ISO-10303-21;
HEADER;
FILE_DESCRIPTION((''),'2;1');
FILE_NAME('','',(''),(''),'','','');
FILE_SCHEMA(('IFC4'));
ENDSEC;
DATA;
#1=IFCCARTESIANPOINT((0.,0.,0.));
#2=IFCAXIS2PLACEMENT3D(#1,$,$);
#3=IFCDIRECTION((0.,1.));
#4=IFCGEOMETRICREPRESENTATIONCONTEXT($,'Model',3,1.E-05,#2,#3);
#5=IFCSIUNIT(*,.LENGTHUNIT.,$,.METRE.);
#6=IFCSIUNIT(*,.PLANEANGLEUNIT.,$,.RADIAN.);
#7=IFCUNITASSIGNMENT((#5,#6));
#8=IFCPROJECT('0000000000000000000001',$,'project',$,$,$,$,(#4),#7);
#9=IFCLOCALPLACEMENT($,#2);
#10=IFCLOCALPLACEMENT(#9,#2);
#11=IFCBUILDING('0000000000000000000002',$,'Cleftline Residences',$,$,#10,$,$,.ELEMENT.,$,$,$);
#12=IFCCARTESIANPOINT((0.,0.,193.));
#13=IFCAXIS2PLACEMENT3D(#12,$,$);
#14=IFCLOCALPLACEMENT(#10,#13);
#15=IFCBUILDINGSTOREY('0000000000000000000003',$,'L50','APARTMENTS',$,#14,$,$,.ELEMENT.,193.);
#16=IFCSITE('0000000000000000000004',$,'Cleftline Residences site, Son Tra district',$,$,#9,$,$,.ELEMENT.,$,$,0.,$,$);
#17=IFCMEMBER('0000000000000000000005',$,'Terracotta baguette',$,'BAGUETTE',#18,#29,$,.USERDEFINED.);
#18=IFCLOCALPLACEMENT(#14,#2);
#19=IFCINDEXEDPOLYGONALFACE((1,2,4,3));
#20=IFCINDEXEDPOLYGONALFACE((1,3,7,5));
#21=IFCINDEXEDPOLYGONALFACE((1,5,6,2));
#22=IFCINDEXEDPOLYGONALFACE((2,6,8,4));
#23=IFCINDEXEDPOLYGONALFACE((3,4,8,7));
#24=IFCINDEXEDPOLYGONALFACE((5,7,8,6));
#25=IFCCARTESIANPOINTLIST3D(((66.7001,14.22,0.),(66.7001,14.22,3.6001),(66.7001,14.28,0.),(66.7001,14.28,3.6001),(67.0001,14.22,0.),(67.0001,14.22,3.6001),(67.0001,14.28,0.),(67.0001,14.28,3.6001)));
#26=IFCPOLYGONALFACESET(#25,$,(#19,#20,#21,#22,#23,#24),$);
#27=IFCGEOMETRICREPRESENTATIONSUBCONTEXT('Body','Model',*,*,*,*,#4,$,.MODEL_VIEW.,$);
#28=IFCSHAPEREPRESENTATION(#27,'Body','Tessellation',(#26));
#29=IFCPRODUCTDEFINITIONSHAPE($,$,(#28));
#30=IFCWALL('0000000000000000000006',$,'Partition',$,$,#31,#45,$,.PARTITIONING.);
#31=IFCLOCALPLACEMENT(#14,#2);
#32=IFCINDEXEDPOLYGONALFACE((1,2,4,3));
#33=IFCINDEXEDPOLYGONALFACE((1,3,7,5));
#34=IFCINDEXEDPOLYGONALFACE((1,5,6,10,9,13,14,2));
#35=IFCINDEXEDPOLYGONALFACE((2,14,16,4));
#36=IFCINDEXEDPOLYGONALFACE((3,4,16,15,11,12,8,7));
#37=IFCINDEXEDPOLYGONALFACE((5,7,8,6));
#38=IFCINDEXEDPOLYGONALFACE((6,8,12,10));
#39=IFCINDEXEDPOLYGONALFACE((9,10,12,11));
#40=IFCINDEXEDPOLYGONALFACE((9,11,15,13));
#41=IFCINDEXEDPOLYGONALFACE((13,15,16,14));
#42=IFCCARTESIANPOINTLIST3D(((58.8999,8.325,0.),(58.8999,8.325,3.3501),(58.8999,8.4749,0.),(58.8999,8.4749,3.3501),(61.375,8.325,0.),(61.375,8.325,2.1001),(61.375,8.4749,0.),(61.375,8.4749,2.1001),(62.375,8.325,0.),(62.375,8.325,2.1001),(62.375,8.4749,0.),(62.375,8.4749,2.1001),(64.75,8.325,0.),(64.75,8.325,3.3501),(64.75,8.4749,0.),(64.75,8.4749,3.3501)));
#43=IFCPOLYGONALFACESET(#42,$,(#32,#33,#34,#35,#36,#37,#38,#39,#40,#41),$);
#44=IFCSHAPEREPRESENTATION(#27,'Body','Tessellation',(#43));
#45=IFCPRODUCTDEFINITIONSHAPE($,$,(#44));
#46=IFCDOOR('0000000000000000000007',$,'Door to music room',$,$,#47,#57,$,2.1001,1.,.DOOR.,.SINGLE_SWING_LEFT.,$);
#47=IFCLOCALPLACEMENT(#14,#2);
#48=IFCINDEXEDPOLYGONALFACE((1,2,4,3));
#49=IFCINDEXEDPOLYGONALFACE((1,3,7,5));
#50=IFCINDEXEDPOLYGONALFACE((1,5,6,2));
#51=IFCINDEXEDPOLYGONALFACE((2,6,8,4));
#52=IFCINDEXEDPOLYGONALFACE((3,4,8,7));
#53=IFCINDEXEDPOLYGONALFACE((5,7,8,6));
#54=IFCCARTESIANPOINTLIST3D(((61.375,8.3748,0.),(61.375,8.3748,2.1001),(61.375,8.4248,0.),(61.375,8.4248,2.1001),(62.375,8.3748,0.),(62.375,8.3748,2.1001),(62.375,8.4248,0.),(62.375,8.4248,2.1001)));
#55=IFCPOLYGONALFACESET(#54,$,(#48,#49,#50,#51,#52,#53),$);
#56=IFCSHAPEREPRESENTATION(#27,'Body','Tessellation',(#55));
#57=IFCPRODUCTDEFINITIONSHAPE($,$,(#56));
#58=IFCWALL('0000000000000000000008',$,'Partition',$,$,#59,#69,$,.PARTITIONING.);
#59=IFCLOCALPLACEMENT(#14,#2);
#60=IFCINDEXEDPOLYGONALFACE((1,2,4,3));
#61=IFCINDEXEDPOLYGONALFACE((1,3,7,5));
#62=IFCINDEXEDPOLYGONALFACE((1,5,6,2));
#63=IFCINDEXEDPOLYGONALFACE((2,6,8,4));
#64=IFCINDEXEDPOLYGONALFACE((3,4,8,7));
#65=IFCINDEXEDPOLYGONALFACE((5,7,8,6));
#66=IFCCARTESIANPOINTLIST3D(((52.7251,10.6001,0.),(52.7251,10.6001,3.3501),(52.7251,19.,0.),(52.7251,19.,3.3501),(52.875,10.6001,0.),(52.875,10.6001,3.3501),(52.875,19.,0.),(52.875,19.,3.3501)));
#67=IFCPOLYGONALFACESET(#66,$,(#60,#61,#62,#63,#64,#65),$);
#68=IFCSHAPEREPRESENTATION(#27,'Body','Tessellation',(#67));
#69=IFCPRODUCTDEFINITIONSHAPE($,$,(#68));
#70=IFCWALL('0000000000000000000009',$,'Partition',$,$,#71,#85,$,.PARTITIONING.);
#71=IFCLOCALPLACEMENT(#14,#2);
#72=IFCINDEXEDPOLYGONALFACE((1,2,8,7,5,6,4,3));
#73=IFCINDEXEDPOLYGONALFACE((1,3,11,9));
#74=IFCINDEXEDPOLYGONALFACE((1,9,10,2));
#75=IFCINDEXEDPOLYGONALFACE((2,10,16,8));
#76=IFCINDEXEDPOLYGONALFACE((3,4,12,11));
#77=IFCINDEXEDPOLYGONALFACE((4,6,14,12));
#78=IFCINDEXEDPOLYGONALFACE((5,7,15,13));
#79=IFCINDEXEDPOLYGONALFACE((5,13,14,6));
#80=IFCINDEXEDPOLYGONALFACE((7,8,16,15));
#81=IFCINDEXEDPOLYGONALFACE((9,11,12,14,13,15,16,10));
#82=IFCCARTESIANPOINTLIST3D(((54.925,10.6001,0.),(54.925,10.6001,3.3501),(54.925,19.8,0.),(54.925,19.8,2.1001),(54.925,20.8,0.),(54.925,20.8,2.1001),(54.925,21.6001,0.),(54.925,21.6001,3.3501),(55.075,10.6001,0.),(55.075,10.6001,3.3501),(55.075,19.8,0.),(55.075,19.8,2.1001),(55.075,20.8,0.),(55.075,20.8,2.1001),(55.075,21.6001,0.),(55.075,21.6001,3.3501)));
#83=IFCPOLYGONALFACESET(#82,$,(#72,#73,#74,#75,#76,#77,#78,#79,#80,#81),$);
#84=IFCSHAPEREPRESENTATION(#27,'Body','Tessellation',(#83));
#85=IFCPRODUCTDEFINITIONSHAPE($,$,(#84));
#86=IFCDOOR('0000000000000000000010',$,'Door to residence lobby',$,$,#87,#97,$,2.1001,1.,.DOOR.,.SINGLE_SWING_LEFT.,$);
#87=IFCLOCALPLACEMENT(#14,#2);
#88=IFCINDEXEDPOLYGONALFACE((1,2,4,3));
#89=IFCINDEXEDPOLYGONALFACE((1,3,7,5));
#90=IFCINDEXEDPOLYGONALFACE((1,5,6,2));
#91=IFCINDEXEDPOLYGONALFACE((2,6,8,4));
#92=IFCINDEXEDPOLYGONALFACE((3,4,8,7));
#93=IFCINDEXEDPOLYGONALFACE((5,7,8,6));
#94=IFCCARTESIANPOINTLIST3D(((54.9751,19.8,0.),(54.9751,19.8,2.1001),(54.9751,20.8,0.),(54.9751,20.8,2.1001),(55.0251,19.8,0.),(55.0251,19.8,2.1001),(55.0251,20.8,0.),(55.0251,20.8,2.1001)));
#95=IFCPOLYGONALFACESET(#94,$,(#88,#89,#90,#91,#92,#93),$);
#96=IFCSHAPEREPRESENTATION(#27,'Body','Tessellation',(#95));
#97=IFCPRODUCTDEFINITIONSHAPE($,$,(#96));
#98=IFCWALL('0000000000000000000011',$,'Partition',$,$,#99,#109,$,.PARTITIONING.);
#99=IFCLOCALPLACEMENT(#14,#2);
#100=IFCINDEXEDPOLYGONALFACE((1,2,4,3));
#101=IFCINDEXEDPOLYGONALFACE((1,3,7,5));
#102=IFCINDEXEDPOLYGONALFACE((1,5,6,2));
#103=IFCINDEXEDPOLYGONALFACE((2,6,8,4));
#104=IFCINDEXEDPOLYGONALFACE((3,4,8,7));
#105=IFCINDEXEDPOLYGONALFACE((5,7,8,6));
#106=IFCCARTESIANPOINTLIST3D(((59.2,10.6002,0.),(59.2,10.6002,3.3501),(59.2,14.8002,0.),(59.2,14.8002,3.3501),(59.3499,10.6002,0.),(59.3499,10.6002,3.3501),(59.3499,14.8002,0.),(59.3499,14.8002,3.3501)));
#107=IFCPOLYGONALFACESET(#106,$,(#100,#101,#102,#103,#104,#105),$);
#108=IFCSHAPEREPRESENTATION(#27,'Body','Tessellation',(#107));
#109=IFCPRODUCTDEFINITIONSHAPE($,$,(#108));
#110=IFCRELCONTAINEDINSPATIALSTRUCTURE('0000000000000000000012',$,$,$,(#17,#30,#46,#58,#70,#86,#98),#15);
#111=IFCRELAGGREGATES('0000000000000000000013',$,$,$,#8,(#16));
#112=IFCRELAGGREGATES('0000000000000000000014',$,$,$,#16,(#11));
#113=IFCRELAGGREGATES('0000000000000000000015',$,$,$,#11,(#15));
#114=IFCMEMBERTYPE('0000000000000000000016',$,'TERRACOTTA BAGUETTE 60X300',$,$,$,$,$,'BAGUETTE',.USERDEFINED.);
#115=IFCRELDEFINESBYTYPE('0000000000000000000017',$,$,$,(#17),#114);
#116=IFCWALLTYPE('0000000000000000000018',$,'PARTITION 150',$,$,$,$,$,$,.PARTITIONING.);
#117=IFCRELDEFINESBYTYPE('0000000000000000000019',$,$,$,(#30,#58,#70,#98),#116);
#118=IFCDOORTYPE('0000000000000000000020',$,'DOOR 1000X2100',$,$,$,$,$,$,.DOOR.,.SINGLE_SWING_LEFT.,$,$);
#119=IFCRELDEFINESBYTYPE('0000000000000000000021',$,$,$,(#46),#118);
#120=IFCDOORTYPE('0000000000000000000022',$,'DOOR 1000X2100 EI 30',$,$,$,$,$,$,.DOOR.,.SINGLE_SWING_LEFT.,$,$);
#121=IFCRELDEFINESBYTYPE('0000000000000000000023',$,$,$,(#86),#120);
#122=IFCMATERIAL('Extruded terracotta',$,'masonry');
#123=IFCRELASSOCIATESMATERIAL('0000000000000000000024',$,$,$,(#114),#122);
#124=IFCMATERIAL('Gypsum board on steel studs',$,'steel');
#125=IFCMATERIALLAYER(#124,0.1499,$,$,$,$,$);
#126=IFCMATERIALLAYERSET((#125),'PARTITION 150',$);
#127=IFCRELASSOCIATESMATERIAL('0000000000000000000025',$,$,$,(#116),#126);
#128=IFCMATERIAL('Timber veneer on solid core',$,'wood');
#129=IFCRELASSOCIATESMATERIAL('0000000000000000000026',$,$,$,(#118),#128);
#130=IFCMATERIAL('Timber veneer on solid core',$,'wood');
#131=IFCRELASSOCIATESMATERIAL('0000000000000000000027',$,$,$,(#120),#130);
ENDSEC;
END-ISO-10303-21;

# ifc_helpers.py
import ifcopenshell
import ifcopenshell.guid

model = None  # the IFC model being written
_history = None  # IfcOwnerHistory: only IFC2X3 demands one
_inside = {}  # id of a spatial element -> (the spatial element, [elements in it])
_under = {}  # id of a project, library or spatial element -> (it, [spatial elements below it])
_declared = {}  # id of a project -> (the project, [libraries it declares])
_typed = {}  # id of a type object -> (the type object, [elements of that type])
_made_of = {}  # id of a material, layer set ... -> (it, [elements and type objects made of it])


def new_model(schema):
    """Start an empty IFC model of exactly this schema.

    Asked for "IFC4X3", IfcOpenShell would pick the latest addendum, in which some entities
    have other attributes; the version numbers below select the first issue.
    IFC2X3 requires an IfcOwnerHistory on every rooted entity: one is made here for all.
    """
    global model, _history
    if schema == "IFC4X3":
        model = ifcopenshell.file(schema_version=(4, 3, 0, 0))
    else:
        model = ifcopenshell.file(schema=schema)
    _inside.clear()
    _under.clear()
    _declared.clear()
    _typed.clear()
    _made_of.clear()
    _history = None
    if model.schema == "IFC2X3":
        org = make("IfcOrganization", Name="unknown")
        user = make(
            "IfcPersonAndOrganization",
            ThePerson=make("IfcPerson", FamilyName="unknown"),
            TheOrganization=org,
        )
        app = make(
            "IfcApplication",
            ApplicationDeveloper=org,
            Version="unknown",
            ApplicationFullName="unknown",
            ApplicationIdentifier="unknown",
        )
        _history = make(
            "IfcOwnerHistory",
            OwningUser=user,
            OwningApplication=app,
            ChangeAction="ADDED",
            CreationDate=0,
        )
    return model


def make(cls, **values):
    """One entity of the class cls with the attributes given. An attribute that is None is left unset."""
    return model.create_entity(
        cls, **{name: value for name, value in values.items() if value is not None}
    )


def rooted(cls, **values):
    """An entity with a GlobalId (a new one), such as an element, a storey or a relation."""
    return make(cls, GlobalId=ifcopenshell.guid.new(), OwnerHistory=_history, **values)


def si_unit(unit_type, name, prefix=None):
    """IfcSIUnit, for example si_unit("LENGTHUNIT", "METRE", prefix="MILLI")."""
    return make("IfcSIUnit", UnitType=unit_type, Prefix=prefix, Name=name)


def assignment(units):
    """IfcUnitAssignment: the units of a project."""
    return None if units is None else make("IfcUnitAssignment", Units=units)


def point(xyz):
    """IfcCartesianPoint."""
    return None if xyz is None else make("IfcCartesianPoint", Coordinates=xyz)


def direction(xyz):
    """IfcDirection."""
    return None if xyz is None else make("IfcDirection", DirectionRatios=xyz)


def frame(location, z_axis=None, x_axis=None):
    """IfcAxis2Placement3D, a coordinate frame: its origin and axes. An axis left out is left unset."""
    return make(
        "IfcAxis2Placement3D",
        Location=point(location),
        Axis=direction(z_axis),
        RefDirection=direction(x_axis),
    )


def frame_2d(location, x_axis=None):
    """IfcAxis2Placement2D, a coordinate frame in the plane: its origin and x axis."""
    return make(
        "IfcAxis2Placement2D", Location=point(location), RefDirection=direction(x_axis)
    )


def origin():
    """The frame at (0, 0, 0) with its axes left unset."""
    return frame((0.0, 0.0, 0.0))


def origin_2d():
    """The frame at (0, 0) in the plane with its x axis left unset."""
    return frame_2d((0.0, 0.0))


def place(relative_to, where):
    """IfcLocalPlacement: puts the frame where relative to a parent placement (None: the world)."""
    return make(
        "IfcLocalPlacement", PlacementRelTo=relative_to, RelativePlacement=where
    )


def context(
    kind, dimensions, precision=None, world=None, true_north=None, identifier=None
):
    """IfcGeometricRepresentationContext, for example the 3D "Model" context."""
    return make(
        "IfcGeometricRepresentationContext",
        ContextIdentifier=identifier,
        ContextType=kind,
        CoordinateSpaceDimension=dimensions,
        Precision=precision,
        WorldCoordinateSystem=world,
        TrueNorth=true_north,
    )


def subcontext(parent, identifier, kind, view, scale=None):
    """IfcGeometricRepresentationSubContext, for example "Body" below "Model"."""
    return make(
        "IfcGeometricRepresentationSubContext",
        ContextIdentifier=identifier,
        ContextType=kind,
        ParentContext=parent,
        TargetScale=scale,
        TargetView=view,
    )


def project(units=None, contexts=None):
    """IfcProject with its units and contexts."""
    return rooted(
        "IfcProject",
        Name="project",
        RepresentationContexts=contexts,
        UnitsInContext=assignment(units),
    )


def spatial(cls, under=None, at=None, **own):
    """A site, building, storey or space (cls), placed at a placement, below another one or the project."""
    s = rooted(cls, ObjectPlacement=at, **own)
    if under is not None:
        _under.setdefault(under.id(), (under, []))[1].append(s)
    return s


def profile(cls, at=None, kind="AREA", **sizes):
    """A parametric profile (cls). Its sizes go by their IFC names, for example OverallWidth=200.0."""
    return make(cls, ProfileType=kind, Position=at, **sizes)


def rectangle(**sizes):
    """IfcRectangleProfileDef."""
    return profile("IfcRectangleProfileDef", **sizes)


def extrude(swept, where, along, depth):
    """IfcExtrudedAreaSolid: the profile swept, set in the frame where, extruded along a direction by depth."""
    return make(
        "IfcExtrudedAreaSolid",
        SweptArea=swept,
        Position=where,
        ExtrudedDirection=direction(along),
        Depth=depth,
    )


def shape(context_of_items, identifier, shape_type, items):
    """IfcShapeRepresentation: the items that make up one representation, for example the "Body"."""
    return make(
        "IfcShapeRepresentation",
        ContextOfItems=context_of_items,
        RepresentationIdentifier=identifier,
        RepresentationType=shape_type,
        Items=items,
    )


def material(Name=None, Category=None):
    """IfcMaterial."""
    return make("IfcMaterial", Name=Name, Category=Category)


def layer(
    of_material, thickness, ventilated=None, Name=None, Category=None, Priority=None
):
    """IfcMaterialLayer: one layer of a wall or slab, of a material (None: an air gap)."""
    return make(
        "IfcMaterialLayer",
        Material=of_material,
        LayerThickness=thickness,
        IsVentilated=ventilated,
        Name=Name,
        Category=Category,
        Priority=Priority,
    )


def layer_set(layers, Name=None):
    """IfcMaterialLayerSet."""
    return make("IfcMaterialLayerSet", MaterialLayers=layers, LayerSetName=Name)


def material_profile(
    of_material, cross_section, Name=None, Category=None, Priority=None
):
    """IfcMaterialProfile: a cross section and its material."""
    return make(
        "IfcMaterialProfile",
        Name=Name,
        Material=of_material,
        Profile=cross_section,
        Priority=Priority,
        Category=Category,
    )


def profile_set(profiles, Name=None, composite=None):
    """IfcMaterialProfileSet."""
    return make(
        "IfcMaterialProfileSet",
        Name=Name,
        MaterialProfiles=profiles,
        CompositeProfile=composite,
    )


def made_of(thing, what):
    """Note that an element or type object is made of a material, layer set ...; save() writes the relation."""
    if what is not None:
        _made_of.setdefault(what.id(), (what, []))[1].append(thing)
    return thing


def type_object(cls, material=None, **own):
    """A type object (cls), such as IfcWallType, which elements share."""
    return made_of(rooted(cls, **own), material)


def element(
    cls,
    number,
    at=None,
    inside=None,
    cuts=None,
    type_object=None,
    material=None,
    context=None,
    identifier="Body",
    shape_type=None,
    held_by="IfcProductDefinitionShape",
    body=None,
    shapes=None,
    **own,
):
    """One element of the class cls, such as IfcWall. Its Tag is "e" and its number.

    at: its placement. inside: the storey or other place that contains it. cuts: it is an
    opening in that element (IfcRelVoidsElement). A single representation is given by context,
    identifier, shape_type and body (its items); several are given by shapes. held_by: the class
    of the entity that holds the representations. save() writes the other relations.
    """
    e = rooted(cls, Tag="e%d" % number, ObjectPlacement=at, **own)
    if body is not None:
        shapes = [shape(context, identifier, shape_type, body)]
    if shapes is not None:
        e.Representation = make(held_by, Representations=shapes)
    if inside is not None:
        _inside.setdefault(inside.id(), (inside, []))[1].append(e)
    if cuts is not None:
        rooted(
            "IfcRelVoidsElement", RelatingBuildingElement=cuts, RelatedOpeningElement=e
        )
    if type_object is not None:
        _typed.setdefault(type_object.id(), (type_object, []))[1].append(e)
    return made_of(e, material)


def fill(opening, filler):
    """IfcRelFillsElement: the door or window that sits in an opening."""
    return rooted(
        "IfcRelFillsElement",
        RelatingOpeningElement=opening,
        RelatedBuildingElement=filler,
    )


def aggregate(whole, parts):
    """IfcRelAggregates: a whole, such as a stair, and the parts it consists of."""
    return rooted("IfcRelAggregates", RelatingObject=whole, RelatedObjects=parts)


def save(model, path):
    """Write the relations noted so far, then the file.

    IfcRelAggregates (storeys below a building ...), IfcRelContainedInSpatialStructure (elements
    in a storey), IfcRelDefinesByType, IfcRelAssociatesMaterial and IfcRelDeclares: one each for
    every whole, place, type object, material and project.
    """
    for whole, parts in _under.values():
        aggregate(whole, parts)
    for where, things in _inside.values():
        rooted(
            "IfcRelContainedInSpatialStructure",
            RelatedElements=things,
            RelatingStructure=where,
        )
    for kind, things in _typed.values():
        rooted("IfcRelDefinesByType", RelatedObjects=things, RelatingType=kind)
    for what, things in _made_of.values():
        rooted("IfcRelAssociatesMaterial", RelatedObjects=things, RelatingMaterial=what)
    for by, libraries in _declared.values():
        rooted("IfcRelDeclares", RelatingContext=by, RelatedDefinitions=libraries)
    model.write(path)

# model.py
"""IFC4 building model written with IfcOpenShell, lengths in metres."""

from ifc_helpers import new_model, si_unit, direction, frame, frame_2d, origin, origin_2d, place, context, subcontext, project, spatial, rectangle, extrude, material, layer, layer_set, material_profile, profile_set, type_object, element, fill, save


model = new_model("IFC4")

# Units and contexts
model_context = context("Model", 3, precision=1e-05, world=origin(), true_north=direction((0.0, 1.0)))
body_context = subcontext(model_context, "Body", "Model", "MODEL_VIEW")
ifc_project = project(units=[si_unit("LENGTHUNIT", "METRE"), si_unit("PLANEANGLEUNIT", "RADIAN")], contexts=[model_context])

# Site, building, storey
site_placement = place(None, origin())
site = spatial("IfcSite", under=ifc_project, at=site_placement, Name="Cleftline Residences site, Son Tra district", CompositionType="ELEMENT", RefElevation=0.0)
building_placement = place(site_placement, origin())
building = spatial("IfcBuilding", under=site, at=building_placement, Name="Cleftline Residences", CompositionType="ELEMENT")
storey_placement = place(building_placement, frame((0.0, 0.0, 193.0)))
storey = spatial("IfcBuildingStorey", under=building, at=storey_placement, Name="L50", Description="APARTMENTS", CompositionType="ELEMENT", Elevation=193.0)

# Member
ifc_material_1 = material(Name="Extruded terracotta", Category="masonry")
ifc_material_profile_1 = material_profile(ifc_material_1, rectangle(XDim=0.0601, YDim=0.3, at=origin_2d()))
ifc_profile_set_1 = profile_set([ifc_material_profile_1], Name="Extruded terracotta")
member_type_1 = type_object("IfcMemberType", Name="TERRACOTTA BAGUETTE 60X300", ElementType="BAGUETTE", PredefinedType="USERDEFINED", material=ifc_profile_set_1)
for number, where, z_axis, x_axis, name in (
    (1, (66.8501, 14.25, 0.0), (0.0, 0.0, 1.0), (0.0, 1.0, 0.0), "Terracotta baguette"),
):
    element("IfcMember", number, at=place(storey_placement, frame(where, z_axis=z_axis, x_axis=x_axis)), inside=storey, type_object=member_type_1, Name=name, ObjectType="BAGUETTE", PredefinedType="USERDEFINED", context=body_context, shape_type="SweptSolid", body=[
        extrude(rectangle(XDim=0.0601, YDim=0.3, at=origin_2d()), origin(), (0.0, 0.0, 1.0), 3.6001),
    ])

# Wall, opening, door
ifc_material_2 = material(Name="Gypsum board on steel studs", Category="steel")
ifc_layer = layer(ifc_material_2, 0.1499)
ifc_layer_set = layer_set([ifc_layer], Name="PARTITION 150")
wall_type = type_object("IfcWallType", Name="PARTITION 150", PredefinedType="PARTITIONING", material=ifc_layer_set)
wall_1_placement = place(storey_placement, frame((58.8999, 8.3999, 0.0), z_axis=(0.0, 0.0, 1.0), x_axis=(1.0, 0.0, 0.0)))
wall_1 = element("IfcWall", 2, at=wall_1_placement, inside=storey, type_object=wall_type, Name="Partition", PredefinedType="PARTITIONING", context=body_context, shape_type="SweptSolid", body=[
    extrude(rectangle(XDim=5.8501, YDim=0.1499, at=frame_2d((2.925, 0.0))), origin(), (0.0, 0.0, 1.0), 3.3501),
])
opening_1_placement = place(wall_1_placement, frame((2.4751, 0.0, 0.0)))
opening_1 = element("IfcOpeningElement", 3, at=opening_1_placement, cuts=wall_1, PredefinedType="OPENING", context=body_context, shape_type="SweptSolid", body=[
    extrude(rectangle(XDim=1.0, YDim=2.1001, at=frame_2d((0.5, 1.05))), frame((0.0, 0.085, 0.0), z_axis=(0.0, -1.0, 0.0), x_axis=(1.0, 0.0, 0.0)), (0.0, 0.0, 1.0), 0.1699),
])
ifc_material_3 = material(Name="Timber veneer on solid core", Category="wood")
door_type_1 = type_object("IfcDoorType", Name="DOOR 1000X2100", OperationType="SINGLE_SWING_LEFT", PredefinedType="DOOR", material=ifc_material_3)
door_1_placement = place(opening_1_placement, origin())
door_1 = element("IfcDoor", 4, at=door_1_placement, inside=storey, type_object=door_type_1, Name="Door to music room", OperationType="SINGLE_SWING_LEFT", OverallHeight=2.1001, OverallWidth=1.0, PredefinedType="DOOR", context=body_context, shape_type="SweptSolid", body=[
    extrude(rectangle(XDim=1.0, YDim=2.1001, at=frame_2d((0.5, 1.05))), frame((0.0, 0.0249, 0.0), z_axis=(0.0, -1.0, 0.0), x_axis=(1.0, 0.0, 0.0)), (0.0, 0.0, 1.0), 0.05),
])
fill(opening_1, door_1)

# Wall
wall_2_placement = place(storey_placement, frame((52.8, 10.6001, 0.0), z_axis=(0.0, 0.0, 1.0), x_axis=(0.0, 1.0, 0.0)))
element("IfcWall", 5, at=wall_2_placement, inside=storey, type_object=wall_type, Name="Partition", PredefinedType="PARTITIONING", context=body_context, shape_type="SweptSolid", body=[
    extrude(rectangle(XDim=8.3999, YDim=0.1499, at=frame_2d((4.2, 0.0))), origin(), (0.0, 0.0, 1.0), 3.3501),
])

# Wall, opening, door
wall_3_placement = place(storey_placement, frame((55.0, 10.6001, 0.0), z_axis=(0.0, 0.0, 1.0), x_axis=(0.0, 1.0, 0.0)))
wall_3 = element("IfcWall", 6, at=wall_3_placement, inside=storey, type_object=wall_type, Name="Partition", PredefinedType="PARTITIONING", context=body_context, shape_type="SweptSolid", body=[
    extrude(rectangle(XDim=11.0, YDim=0.1499, at=frame_2d((5.5, 0.0))), origin(), (0.0, 0.0, 1.0), 3.3501),
])
opening_2_placement = place(wall_3_placement, frame((9.2, 0.0, 0.0)))
opening_2 = element("IfcOpeningElement", 7, at=opening_2_placement, cuts=wall_3, PredefinedType="OPENING", context=body_context, shape_type="SweptSolid", body=[
    extrude(rectangle(XDim=1.0, YDim=2.1001, at=frame_2d((0.5, 1.05))), frame((0.0, 0.085, 0.0), z_axis=(0.0, -1.0, 0.0), x_axis=(1.0, 0.0, 0.0)), (0.0, 0.0, 1.0), 0.1699),
])
ifc_material_4 = material(Name="Timber veneer on solid core", Category="wood")
door_type_2 = type_object("IfcDoorType", Name="DOOR 1000X2100 EI 30", OperationType="SINGLE_SWING_LEFT", PredefinedType="DOOR", material=ifc_material_4)
door_2_placement = place(opening_2_placement, origin())
door_2 = element("IfcDoor", 8, at=door_2_placement, inside=storey, type_object=door_type_2, Name="Door to residence lobby", OperationType="SINGLE_SWING_LEFT", OverallHeight=2.1001, OverallWidth=1.0, PredefinedType="DOOR", context=body_context, shape_type="SweptSolid", body=[
    extrude(rectangle(XDim=1.0, YDim=2.1001, at=frame_2d((0.5, 1.05))), frame((0.0, 0.0249, 0.0), z_axis=(0.0, -1.0, 0.0), x_axis=(1.0, 0.0, 0.0)), (0.0, 0.0, 1.0), 0.05),
])
fill(opening_2, door_2)

# Wall
wall_4_placement = place(storey_placement, frame((59.2749, 10.6001, 0.0), z_axis=(0.0, 0.0, 1.0), x_axis=(0.0, 1.0, 0.0)))
element("IfcWall", 9, at=wall_4_placement, inside=storey, type_object=wall_type, Name="Partition", PredefinedType="PARTITIONING", context=body_context, shape_type="SweptSolid", body=[
    extrude(rectangle(XDim=4.2, YDim=0.1499, at=frame_2d((2.1001, 0.0))), origin(), (0.0, 0.0, 1.0), 3.3501),
])

save(model, "model.ifc")
